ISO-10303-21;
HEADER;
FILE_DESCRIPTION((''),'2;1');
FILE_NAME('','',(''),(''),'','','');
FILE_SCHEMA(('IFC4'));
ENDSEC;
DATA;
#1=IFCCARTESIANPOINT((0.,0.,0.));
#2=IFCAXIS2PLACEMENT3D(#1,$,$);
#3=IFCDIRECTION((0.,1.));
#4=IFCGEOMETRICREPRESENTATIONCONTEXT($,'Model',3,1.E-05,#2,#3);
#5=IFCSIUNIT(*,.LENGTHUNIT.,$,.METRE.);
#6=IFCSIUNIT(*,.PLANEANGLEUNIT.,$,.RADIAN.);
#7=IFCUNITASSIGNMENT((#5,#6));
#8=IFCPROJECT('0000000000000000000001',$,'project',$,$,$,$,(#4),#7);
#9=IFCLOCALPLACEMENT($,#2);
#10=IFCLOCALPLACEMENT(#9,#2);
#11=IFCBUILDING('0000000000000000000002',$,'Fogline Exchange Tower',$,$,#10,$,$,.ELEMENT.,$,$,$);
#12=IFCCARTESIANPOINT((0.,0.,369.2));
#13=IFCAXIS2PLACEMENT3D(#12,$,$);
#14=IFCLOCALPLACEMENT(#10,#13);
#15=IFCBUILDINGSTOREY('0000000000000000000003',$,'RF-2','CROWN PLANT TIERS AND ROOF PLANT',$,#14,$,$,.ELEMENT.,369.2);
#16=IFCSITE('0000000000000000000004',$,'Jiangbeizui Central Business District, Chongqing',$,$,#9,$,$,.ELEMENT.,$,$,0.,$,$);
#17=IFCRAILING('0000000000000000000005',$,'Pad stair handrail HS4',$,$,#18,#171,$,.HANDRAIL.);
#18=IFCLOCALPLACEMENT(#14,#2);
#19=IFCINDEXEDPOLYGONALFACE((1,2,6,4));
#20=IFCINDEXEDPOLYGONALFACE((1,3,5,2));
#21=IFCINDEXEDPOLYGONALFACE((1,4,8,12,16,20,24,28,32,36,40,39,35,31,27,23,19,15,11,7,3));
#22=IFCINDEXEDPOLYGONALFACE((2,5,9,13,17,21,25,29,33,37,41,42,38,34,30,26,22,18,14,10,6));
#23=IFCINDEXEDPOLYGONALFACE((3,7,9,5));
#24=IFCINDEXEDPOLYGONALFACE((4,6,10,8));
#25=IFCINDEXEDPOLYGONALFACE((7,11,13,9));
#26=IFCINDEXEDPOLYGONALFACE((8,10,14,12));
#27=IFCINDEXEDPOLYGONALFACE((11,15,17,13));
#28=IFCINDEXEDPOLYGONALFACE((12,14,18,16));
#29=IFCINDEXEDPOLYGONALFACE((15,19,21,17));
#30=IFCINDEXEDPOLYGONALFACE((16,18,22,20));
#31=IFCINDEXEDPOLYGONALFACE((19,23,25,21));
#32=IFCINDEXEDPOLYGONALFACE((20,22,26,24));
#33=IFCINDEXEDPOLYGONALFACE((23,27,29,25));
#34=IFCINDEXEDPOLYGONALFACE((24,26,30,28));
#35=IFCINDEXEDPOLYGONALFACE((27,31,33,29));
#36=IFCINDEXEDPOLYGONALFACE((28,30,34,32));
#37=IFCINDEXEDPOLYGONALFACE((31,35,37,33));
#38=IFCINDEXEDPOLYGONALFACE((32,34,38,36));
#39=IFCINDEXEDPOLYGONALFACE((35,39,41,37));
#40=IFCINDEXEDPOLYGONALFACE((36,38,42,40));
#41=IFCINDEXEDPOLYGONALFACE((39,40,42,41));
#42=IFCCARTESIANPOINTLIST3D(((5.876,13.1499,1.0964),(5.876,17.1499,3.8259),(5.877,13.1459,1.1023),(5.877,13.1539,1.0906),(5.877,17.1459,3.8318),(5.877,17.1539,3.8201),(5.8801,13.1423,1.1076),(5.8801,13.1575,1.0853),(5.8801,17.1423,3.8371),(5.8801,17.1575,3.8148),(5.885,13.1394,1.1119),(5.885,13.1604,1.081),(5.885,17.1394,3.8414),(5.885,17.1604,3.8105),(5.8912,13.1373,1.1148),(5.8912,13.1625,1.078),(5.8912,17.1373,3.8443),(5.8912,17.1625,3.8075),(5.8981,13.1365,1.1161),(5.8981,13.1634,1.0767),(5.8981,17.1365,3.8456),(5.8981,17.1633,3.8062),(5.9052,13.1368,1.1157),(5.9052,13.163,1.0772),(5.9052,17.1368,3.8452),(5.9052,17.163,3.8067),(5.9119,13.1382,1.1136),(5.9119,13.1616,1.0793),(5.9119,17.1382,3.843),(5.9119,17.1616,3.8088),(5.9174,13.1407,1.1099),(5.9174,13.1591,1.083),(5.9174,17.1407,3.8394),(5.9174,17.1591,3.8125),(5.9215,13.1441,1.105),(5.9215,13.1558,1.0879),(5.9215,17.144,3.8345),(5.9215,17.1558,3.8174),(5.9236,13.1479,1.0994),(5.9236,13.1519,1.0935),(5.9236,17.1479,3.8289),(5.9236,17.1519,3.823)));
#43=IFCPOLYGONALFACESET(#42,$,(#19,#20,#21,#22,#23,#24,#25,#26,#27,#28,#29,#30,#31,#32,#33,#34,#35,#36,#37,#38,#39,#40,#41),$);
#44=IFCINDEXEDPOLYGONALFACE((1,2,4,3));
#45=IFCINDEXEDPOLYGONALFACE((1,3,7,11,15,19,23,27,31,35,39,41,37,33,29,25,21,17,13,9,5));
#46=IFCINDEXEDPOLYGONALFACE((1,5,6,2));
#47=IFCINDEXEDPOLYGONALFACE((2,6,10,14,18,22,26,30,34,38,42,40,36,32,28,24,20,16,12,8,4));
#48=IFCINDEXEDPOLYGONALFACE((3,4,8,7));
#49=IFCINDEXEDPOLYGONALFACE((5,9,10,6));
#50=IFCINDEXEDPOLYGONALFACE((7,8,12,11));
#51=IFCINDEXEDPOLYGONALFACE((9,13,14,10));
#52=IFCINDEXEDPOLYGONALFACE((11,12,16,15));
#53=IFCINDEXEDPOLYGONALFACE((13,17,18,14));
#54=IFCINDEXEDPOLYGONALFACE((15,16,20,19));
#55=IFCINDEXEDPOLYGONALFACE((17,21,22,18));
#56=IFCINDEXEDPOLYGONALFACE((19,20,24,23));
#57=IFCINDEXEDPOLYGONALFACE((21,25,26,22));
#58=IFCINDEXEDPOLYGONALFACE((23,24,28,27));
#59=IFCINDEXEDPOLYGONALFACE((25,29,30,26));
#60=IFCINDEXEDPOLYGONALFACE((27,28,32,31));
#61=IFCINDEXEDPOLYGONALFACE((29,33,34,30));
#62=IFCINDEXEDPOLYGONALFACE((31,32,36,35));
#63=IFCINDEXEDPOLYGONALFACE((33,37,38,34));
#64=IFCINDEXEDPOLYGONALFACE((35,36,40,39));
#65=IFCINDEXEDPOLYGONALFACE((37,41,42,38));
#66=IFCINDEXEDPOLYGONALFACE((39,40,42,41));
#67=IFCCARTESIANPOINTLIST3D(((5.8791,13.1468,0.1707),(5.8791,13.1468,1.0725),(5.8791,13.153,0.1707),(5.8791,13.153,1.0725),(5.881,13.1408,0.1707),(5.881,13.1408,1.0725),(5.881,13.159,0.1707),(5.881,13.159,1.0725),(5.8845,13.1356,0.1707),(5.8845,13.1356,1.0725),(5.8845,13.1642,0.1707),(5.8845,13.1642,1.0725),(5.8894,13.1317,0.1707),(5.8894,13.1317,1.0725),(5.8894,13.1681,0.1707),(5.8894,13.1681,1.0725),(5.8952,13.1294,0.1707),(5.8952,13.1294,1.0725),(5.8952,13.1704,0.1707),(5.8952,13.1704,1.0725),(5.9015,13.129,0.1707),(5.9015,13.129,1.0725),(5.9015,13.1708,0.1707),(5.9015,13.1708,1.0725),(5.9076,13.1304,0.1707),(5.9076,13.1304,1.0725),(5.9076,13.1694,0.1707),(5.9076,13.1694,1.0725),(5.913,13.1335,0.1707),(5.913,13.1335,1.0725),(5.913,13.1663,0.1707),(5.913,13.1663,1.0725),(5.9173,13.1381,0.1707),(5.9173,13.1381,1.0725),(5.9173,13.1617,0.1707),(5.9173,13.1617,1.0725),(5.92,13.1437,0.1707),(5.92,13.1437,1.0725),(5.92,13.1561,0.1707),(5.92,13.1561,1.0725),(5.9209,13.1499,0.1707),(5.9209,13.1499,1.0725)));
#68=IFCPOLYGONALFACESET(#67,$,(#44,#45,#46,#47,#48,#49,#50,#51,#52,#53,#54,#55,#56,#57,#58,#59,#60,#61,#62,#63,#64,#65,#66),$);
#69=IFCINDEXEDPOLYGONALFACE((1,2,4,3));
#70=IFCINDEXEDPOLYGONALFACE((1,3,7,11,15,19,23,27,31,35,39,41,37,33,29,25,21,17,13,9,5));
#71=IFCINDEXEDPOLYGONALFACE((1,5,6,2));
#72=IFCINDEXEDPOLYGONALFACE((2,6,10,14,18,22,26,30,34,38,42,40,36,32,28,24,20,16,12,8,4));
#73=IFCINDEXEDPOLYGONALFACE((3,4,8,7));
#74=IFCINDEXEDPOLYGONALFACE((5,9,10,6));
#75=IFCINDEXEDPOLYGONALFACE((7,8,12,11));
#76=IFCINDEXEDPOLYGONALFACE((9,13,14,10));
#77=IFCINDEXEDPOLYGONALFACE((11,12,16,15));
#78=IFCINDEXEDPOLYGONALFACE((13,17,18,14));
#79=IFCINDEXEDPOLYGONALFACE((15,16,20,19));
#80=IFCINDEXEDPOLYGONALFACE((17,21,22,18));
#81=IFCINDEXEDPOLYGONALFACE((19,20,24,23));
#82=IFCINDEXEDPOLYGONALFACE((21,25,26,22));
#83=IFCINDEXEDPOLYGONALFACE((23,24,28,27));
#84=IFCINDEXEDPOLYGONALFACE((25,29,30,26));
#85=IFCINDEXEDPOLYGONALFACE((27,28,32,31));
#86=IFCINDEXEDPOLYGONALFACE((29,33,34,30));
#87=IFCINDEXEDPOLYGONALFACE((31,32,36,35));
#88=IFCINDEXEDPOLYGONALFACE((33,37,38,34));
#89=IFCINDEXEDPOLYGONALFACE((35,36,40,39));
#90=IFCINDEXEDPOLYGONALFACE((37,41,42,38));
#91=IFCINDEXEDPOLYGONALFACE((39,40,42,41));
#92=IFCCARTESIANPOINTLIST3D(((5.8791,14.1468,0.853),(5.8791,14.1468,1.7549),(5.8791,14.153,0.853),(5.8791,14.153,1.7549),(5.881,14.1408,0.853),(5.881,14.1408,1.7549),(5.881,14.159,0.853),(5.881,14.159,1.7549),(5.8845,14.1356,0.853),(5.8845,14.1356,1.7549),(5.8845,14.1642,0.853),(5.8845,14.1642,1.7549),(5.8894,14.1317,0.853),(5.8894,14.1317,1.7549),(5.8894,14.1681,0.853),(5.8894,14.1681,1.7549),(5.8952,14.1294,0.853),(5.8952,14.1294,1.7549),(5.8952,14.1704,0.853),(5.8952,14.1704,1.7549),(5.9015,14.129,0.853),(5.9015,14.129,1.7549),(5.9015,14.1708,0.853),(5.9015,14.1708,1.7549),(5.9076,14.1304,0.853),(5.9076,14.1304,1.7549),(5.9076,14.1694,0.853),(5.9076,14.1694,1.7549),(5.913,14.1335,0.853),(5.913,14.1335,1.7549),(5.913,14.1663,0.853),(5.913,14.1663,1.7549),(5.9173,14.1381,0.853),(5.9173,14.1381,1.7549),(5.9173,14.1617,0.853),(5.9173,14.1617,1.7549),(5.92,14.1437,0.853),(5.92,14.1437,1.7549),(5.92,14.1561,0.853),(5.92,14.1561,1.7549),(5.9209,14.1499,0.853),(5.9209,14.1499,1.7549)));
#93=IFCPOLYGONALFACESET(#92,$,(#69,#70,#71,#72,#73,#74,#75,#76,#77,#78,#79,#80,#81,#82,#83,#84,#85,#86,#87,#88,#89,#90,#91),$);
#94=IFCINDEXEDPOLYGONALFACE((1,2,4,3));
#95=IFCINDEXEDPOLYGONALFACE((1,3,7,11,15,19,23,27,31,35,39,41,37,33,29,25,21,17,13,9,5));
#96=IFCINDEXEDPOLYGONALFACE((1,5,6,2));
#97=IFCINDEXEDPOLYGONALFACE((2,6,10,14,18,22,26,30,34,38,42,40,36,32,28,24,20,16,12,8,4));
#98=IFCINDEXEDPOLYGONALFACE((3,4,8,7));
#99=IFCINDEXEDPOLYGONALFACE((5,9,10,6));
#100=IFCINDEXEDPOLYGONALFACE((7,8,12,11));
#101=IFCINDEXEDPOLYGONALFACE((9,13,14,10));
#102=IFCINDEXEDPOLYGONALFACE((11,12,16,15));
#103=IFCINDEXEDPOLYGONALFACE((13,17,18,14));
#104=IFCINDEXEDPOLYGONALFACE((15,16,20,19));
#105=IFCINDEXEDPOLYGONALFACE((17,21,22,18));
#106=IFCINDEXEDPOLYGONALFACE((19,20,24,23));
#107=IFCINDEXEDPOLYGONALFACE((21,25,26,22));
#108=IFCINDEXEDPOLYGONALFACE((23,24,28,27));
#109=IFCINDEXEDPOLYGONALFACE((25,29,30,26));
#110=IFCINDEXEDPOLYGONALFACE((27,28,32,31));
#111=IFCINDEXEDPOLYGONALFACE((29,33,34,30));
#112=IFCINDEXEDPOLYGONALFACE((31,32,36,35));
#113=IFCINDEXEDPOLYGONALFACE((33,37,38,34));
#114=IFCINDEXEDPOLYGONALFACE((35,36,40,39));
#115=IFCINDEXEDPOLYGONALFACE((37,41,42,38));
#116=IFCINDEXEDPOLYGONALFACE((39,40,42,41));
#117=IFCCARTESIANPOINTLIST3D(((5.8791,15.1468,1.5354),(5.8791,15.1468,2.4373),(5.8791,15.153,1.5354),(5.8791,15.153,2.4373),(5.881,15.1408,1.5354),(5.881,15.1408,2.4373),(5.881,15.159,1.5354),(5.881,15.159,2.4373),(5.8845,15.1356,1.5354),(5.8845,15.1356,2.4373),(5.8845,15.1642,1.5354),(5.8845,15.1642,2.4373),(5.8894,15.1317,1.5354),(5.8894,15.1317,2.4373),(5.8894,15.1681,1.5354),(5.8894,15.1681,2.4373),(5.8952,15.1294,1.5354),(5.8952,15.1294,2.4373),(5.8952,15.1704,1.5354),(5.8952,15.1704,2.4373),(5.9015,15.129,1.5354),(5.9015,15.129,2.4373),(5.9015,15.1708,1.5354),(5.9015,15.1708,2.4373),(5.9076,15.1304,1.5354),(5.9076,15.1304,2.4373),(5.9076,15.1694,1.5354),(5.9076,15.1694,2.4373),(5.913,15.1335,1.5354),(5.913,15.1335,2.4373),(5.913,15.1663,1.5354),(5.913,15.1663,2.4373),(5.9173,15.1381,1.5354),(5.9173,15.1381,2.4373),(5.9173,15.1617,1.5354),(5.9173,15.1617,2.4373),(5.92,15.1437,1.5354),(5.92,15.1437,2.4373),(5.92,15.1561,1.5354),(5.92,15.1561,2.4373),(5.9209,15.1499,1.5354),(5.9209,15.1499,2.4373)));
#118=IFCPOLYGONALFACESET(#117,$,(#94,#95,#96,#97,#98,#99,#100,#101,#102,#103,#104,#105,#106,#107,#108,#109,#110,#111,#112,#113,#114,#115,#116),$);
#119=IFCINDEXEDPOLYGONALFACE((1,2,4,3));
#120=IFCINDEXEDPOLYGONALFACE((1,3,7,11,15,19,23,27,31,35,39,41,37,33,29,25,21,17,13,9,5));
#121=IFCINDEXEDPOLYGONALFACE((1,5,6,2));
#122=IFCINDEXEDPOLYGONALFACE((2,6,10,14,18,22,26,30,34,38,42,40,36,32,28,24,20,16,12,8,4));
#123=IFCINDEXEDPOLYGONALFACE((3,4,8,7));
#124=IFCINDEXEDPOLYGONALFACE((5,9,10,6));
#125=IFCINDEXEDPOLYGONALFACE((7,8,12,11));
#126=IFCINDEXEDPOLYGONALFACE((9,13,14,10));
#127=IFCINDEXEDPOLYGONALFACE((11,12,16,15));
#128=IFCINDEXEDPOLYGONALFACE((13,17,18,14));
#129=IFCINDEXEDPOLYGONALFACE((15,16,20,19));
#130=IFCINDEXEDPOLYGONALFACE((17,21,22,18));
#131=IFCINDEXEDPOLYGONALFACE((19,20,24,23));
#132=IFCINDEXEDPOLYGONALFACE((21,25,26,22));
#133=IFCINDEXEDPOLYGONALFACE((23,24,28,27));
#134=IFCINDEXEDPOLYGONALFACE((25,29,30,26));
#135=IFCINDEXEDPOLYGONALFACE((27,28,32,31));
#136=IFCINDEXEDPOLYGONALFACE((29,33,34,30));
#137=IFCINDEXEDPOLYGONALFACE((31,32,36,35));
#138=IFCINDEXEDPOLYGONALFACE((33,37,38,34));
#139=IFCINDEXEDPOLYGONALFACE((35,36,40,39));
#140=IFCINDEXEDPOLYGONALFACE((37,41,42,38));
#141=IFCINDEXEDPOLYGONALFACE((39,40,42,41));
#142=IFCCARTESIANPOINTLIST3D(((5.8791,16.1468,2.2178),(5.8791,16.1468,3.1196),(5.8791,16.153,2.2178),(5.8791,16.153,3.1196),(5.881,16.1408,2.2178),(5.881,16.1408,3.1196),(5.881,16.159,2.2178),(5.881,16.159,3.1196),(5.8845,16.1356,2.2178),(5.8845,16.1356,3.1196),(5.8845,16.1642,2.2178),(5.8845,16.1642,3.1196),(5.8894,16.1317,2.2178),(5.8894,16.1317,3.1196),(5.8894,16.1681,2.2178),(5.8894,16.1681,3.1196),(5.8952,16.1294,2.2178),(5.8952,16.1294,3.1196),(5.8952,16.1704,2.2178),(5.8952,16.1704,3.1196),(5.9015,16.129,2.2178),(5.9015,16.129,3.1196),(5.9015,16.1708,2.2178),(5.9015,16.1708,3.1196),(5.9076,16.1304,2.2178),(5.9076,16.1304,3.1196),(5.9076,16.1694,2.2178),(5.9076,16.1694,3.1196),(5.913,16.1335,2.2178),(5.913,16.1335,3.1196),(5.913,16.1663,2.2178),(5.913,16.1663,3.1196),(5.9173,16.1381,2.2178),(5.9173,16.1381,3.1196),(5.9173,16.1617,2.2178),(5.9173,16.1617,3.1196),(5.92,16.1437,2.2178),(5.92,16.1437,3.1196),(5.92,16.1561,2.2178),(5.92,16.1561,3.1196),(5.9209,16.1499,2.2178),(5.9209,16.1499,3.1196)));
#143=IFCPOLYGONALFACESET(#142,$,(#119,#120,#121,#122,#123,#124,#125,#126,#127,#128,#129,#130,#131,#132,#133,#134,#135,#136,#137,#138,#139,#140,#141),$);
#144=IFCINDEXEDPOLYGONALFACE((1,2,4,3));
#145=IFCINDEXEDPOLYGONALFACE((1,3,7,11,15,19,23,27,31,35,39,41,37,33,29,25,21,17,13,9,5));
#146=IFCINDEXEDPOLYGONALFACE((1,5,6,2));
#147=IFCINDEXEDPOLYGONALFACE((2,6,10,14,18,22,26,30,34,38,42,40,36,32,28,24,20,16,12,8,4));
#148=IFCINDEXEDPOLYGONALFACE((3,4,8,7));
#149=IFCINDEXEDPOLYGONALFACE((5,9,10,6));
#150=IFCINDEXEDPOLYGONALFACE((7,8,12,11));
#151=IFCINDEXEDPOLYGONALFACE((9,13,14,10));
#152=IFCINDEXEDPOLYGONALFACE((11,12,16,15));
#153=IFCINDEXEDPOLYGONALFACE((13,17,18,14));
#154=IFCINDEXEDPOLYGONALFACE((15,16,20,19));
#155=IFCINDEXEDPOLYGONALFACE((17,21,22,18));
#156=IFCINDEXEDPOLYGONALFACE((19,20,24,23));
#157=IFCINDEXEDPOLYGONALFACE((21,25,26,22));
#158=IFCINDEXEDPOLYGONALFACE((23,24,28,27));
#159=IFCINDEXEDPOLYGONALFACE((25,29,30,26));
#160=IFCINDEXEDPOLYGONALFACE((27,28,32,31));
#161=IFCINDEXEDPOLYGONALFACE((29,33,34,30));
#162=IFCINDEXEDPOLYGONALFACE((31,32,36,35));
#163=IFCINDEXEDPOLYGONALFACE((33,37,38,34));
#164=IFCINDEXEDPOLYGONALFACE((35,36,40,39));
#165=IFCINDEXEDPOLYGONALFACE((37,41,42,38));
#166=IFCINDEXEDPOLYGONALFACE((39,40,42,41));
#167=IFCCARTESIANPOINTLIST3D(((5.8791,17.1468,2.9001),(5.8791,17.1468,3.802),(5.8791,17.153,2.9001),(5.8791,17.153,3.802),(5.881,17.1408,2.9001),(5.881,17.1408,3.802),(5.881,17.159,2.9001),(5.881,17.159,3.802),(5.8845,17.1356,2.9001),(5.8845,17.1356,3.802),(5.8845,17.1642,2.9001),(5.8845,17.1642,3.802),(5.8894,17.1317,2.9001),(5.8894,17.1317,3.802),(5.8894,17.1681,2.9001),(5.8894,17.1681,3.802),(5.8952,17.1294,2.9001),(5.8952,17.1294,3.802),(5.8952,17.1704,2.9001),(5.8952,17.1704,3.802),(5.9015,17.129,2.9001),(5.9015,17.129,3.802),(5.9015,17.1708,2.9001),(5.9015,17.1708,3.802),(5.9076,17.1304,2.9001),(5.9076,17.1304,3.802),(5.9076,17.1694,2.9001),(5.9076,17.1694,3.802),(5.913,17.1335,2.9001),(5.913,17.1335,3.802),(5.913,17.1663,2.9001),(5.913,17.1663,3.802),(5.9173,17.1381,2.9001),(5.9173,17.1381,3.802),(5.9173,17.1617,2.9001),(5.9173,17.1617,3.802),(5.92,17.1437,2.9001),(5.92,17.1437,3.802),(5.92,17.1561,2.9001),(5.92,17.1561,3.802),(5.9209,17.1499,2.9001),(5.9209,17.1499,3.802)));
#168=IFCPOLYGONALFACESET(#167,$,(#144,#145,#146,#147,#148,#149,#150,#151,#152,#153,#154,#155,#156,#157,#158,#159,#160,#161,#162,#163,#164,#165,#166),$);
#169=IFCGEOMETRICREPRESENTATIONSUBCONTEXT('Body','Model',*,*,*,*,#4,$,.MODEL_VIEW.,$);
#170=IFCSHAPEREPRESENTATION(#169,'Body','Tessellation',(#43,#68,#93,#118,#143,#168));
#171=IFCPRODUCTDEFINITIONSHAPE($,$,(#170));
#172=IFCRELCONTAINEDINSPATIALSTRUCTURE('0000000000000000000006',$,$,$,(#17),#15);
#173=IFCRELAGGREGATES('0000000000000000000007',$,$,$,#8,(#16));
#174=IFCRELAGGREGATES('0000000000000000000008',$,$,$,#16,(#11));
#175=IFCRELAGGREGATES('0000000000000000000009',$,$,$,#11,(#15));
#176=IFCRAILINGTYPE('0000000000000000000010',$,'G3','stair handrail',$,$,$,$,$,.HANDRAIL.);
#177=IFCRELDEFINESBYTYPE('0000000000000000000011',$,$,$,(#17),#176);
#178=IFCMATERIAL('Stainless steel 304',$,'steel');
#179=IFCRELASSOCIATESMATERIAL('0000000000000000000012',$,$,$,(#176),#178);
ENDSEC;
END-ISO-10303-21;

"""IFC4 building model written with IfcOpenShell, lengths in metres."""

from ifc_helpers import new_model, si_unit, direction, frame, origin, origin_2d, place, context, subcontext, project, spatial, circle, extrude, material, type_object, element, save


model = new_model("IFC4")

# Units and contexts
model_context = context("Model", 3, precision=1e-05, world=origin(), true_north=direction((0.0, 1.0)))
body_context = subcontext(model_context, "Body", "Model", "MODEL_VIEW")
ifc_project = project(units=[si_unit("LENGTHUNIT", "METRE"), si_unit("PLANEANGLEUNIT", "RADIAN")], contexts=[model_context])

# Site, building, storey
site_placement = place(None, origin())
site = spatial("IfcSite", under=ifc_project, at=site_placement, Name="Jiangbeizui Central Business District, Chongqing", CompositionType="ELEMENT", RefElevation=0.0)
building_placement = place(site_placement, origin())
building = spatial("IfcBuilding", under=site, at=building_placement, Name="Fogline Exchange Tower", CompositionType="ELEMENT")
storey_placement = place(building_placement, frame((0.0, 0.0, 369.2)))
storey = spatial("IfcBuildingStorey", under=building, at=storey_placement, Name="RF-2", Description="CROWN PLANT TIERS AND ROOF PLANT", CompositionType="ELEMENT", Elevation=369.2)

# Railing
ifc_material_1 = material(Name="Stainless steel 304", Category="steel")
railing_type_1 = type_object("IfcRailingType", Name="G3", Description="stair handrail", PredefinedType="HANDRAIL", material=ifc_material_1)
for number, where, name in (
    (1, (5.8999, 13.1499, 0.1707), "Pad stair handrail HS4"),
):
    element("IfcRailing", number, at=place(storey_placement, frame(where)), inside=storey, type_object=railing_type_1, Name=name, PredefinedType="HANDRAIL", context=body_context, shape_type="SweptSolid", body=[
        extrude(circle(Radius=0.0239, at=origin_2d()), frame((0.0, 0.0, 0.9258), z_axis=(0.0, 0.826014, 0.56365), x_axis=(-1.0, 0.0, 0.0)), (0.0, 0.0, 1.0), 4.8425),
        extrude(circle(Radius=0.021, at=origin_2d()), origin(), (0.0, 0.0, 1.0), 0.9019),
        extrude(circle(Radius=0.021, at=origin_2d()), frame((0.0, 1.0, 0.6824)), (0.0, 0.0, 1.0), 0.9019),
        extrude(circle(Radius=0.021, at=origin_2d()), frame((0.0, 2.0, 1.3647)), (0.0, 0.0, 1.0), 0.9019),
        extrude(circle(Radius=0.021, at=origin_2d()), frame((0.0, 3.0, 2.0471)), (0.0, 0.0, 1.0), 0.9019),
        extrude(circle(Radius=0.021, at=origin_2d()), frame((0.0, 4.0, 2.7295)), (0.0, 0.0, 1.0), 0.9019),
    ])

save(model, "model.ifc")
